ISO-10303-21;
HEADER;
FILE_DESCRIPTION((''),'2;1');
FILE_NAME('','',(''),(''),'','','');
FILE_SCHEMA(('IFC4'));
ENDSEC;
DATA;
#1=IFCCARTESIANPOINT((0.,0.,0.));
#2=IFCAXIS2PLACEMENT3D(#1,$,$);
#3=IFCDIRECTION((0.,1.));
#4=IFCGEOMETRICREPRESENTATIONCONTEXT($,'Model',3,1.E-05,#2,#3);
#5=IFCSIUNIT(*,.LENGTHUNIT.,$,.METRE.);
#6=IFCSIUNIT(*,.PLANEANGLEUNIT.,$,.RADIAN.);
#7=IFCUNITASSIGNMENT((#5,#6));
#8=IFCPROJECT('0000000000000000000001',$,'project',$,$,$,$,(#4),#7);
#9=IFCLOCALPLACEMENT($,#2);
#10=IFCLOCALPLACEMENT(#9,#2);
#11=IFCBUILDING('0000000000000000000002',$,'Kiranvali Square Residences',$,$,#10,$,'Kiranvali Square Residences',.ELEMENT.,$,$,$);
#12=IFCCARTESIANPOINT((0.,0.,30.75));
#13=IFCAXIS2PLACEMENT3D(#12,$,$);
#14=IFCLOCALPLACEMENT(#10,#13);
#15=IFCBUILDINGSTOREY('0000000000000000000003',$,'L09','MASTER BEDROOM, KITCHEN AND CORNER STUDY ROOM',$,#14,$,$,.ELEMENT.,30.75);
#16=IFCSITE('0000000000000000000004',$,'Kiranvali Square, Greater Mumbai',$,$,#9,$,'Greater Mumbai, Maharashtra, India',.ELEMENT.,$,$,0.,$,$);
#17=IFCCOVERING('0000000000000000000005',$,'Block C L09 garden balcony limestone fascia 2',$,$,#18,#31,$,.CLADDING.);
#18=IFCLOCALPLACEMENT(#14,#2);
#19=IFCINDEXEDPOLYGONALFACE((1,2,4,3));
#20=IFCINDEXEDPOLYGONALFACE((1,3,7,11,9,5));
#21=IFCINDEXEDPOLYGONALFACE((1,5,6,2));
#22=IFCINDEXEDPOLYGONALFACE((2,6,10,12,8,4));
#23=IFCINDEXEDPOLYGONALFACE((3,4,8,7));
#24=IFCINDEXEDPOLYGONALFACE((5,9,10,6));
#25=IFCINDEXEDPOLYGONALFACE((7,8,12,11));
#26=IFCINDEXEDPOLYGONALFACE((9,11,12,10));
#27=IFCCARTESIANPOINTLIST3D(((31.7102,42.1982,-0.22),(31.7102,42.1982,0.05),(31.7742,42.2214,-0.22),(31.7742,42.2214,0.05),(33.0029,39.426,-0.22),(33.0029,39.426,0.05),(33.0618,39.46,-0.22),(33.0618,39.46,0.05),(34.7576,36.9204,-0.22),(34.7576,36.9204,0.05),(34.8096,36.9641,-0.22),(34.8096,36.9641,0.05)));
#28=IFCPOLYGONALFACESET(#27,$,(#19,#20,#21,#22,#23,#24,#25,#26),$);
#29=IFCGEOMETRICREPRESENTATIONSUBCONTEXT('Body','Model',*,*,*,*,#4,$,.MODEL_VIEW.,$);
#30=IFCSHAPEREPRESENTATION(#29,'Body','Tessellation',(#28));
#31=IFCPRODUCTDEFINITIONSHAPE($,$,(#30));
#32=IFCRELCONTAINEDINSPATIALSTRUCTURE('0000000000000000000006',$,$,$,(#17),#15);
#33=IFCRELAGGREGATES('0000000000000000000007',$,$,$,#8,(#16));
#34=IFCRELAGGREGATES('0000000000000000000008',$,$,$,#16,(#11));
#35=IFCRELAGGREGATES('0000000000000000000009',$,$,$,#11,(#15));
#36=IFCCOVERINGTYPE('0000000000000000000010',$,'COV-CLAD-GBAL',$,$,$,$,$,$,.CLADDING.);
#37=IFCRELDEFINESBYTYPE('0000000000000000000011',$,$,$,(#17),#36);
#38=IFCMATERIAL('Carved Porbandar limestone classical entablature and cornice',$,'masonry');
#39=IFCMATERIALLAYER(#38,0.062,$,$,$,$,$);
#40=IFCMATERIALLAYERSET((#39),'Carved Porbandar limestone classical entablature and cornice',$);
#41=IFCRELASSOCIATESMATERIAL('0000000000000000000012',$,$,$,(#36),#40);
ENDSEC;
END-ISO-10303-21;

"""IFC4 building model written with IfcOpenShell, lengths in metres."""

from ifc_helpers import new_model, si_unit, direction, frame, origin, place, context, subcontext, project, spatial, polyline, outline, extrude, material, layer, layer_set, type_object, element, save


model = new_model("IFC4")

# Units and contexts
model_context = context("Model", 3, precision=1e-05, world=origin(), true_north=direction((0.0, 1.0)))
body_context = subcontext(model_context, "Body", "Model", "MODEL_VIEW")
ifc_project = project(units=[si_unit("LENGTHUNIT", "METRE"), si_unit("PLANEANGLEUNIT", "RADIAN")], contexts=[model_context])

# Site, building, storey
site_placement = place(None, origin())
site = spatial("IfcSite", under=ifc_project, at=site_placement, Name="Kiranvali Square, Greater Mumbai", LongName="Greater Mumbai, Maharashtra, India", CompositionType="ELEMENT", RefElevation=0.0)
building_placement = place(site_placement, origin())
building = spatial("IfcBuilding", under=site, at=building_placement, Name="Kiranvali Square Residences", LongName="Kiranvali Square Residences", CompositionType="ELEMENT")
storey_placement = place(building_placement, frame((0.0, 0.0, 30.75)))
storey = spatial("IfcBuildingStorey", under=building, at=storey_placement, Name="L09", Description="MASTER BEDROOM, KITCHEN AND CORNER STUDY ROOM", CompositionType="ELEMENT", Elevation=30.75)

# Covering
ifc_material_1 = material(Name="Carved Porbandar limestone classical entablature and cornice", Category="masonry")
ifc_layer_1 = layer(ifc_material_1, 0.062)
ifc_layer_set_1 = layer_set([ifc_layer_1], Name="Carved Porbandar limestone classical entablature and cornice")
covering_type = type_object("IfcCoveringType", Name="COV-CLAD-GBAL", PredefinedType="CLADDING", material=ifc_layer_set_1)
covering_1_placement = place(storey_placement, frame((0.0, 0.0, -0.22)))
element("IfcCovering", 1, at=covering_1_placement, inside=storey, type_object=covering_type, Name="Block C L09 garden balcony limestone fascia 2", PredefinedType="CLADDING", context=body_context, shape_type="SweptSolid", body=[
    extrude(outline(polyline([(34.8096, 36.9641), (33.0618, 39.46), (31.7742, 42.2214), (31.7102, 42.1982), (33.0029, 39.426), (34.7576, 36.9204), (34.8096, 36.9641)])), origin(), (0.0, 0.0, 1.0), 0.27),
])

save(model, "model.ifc")
